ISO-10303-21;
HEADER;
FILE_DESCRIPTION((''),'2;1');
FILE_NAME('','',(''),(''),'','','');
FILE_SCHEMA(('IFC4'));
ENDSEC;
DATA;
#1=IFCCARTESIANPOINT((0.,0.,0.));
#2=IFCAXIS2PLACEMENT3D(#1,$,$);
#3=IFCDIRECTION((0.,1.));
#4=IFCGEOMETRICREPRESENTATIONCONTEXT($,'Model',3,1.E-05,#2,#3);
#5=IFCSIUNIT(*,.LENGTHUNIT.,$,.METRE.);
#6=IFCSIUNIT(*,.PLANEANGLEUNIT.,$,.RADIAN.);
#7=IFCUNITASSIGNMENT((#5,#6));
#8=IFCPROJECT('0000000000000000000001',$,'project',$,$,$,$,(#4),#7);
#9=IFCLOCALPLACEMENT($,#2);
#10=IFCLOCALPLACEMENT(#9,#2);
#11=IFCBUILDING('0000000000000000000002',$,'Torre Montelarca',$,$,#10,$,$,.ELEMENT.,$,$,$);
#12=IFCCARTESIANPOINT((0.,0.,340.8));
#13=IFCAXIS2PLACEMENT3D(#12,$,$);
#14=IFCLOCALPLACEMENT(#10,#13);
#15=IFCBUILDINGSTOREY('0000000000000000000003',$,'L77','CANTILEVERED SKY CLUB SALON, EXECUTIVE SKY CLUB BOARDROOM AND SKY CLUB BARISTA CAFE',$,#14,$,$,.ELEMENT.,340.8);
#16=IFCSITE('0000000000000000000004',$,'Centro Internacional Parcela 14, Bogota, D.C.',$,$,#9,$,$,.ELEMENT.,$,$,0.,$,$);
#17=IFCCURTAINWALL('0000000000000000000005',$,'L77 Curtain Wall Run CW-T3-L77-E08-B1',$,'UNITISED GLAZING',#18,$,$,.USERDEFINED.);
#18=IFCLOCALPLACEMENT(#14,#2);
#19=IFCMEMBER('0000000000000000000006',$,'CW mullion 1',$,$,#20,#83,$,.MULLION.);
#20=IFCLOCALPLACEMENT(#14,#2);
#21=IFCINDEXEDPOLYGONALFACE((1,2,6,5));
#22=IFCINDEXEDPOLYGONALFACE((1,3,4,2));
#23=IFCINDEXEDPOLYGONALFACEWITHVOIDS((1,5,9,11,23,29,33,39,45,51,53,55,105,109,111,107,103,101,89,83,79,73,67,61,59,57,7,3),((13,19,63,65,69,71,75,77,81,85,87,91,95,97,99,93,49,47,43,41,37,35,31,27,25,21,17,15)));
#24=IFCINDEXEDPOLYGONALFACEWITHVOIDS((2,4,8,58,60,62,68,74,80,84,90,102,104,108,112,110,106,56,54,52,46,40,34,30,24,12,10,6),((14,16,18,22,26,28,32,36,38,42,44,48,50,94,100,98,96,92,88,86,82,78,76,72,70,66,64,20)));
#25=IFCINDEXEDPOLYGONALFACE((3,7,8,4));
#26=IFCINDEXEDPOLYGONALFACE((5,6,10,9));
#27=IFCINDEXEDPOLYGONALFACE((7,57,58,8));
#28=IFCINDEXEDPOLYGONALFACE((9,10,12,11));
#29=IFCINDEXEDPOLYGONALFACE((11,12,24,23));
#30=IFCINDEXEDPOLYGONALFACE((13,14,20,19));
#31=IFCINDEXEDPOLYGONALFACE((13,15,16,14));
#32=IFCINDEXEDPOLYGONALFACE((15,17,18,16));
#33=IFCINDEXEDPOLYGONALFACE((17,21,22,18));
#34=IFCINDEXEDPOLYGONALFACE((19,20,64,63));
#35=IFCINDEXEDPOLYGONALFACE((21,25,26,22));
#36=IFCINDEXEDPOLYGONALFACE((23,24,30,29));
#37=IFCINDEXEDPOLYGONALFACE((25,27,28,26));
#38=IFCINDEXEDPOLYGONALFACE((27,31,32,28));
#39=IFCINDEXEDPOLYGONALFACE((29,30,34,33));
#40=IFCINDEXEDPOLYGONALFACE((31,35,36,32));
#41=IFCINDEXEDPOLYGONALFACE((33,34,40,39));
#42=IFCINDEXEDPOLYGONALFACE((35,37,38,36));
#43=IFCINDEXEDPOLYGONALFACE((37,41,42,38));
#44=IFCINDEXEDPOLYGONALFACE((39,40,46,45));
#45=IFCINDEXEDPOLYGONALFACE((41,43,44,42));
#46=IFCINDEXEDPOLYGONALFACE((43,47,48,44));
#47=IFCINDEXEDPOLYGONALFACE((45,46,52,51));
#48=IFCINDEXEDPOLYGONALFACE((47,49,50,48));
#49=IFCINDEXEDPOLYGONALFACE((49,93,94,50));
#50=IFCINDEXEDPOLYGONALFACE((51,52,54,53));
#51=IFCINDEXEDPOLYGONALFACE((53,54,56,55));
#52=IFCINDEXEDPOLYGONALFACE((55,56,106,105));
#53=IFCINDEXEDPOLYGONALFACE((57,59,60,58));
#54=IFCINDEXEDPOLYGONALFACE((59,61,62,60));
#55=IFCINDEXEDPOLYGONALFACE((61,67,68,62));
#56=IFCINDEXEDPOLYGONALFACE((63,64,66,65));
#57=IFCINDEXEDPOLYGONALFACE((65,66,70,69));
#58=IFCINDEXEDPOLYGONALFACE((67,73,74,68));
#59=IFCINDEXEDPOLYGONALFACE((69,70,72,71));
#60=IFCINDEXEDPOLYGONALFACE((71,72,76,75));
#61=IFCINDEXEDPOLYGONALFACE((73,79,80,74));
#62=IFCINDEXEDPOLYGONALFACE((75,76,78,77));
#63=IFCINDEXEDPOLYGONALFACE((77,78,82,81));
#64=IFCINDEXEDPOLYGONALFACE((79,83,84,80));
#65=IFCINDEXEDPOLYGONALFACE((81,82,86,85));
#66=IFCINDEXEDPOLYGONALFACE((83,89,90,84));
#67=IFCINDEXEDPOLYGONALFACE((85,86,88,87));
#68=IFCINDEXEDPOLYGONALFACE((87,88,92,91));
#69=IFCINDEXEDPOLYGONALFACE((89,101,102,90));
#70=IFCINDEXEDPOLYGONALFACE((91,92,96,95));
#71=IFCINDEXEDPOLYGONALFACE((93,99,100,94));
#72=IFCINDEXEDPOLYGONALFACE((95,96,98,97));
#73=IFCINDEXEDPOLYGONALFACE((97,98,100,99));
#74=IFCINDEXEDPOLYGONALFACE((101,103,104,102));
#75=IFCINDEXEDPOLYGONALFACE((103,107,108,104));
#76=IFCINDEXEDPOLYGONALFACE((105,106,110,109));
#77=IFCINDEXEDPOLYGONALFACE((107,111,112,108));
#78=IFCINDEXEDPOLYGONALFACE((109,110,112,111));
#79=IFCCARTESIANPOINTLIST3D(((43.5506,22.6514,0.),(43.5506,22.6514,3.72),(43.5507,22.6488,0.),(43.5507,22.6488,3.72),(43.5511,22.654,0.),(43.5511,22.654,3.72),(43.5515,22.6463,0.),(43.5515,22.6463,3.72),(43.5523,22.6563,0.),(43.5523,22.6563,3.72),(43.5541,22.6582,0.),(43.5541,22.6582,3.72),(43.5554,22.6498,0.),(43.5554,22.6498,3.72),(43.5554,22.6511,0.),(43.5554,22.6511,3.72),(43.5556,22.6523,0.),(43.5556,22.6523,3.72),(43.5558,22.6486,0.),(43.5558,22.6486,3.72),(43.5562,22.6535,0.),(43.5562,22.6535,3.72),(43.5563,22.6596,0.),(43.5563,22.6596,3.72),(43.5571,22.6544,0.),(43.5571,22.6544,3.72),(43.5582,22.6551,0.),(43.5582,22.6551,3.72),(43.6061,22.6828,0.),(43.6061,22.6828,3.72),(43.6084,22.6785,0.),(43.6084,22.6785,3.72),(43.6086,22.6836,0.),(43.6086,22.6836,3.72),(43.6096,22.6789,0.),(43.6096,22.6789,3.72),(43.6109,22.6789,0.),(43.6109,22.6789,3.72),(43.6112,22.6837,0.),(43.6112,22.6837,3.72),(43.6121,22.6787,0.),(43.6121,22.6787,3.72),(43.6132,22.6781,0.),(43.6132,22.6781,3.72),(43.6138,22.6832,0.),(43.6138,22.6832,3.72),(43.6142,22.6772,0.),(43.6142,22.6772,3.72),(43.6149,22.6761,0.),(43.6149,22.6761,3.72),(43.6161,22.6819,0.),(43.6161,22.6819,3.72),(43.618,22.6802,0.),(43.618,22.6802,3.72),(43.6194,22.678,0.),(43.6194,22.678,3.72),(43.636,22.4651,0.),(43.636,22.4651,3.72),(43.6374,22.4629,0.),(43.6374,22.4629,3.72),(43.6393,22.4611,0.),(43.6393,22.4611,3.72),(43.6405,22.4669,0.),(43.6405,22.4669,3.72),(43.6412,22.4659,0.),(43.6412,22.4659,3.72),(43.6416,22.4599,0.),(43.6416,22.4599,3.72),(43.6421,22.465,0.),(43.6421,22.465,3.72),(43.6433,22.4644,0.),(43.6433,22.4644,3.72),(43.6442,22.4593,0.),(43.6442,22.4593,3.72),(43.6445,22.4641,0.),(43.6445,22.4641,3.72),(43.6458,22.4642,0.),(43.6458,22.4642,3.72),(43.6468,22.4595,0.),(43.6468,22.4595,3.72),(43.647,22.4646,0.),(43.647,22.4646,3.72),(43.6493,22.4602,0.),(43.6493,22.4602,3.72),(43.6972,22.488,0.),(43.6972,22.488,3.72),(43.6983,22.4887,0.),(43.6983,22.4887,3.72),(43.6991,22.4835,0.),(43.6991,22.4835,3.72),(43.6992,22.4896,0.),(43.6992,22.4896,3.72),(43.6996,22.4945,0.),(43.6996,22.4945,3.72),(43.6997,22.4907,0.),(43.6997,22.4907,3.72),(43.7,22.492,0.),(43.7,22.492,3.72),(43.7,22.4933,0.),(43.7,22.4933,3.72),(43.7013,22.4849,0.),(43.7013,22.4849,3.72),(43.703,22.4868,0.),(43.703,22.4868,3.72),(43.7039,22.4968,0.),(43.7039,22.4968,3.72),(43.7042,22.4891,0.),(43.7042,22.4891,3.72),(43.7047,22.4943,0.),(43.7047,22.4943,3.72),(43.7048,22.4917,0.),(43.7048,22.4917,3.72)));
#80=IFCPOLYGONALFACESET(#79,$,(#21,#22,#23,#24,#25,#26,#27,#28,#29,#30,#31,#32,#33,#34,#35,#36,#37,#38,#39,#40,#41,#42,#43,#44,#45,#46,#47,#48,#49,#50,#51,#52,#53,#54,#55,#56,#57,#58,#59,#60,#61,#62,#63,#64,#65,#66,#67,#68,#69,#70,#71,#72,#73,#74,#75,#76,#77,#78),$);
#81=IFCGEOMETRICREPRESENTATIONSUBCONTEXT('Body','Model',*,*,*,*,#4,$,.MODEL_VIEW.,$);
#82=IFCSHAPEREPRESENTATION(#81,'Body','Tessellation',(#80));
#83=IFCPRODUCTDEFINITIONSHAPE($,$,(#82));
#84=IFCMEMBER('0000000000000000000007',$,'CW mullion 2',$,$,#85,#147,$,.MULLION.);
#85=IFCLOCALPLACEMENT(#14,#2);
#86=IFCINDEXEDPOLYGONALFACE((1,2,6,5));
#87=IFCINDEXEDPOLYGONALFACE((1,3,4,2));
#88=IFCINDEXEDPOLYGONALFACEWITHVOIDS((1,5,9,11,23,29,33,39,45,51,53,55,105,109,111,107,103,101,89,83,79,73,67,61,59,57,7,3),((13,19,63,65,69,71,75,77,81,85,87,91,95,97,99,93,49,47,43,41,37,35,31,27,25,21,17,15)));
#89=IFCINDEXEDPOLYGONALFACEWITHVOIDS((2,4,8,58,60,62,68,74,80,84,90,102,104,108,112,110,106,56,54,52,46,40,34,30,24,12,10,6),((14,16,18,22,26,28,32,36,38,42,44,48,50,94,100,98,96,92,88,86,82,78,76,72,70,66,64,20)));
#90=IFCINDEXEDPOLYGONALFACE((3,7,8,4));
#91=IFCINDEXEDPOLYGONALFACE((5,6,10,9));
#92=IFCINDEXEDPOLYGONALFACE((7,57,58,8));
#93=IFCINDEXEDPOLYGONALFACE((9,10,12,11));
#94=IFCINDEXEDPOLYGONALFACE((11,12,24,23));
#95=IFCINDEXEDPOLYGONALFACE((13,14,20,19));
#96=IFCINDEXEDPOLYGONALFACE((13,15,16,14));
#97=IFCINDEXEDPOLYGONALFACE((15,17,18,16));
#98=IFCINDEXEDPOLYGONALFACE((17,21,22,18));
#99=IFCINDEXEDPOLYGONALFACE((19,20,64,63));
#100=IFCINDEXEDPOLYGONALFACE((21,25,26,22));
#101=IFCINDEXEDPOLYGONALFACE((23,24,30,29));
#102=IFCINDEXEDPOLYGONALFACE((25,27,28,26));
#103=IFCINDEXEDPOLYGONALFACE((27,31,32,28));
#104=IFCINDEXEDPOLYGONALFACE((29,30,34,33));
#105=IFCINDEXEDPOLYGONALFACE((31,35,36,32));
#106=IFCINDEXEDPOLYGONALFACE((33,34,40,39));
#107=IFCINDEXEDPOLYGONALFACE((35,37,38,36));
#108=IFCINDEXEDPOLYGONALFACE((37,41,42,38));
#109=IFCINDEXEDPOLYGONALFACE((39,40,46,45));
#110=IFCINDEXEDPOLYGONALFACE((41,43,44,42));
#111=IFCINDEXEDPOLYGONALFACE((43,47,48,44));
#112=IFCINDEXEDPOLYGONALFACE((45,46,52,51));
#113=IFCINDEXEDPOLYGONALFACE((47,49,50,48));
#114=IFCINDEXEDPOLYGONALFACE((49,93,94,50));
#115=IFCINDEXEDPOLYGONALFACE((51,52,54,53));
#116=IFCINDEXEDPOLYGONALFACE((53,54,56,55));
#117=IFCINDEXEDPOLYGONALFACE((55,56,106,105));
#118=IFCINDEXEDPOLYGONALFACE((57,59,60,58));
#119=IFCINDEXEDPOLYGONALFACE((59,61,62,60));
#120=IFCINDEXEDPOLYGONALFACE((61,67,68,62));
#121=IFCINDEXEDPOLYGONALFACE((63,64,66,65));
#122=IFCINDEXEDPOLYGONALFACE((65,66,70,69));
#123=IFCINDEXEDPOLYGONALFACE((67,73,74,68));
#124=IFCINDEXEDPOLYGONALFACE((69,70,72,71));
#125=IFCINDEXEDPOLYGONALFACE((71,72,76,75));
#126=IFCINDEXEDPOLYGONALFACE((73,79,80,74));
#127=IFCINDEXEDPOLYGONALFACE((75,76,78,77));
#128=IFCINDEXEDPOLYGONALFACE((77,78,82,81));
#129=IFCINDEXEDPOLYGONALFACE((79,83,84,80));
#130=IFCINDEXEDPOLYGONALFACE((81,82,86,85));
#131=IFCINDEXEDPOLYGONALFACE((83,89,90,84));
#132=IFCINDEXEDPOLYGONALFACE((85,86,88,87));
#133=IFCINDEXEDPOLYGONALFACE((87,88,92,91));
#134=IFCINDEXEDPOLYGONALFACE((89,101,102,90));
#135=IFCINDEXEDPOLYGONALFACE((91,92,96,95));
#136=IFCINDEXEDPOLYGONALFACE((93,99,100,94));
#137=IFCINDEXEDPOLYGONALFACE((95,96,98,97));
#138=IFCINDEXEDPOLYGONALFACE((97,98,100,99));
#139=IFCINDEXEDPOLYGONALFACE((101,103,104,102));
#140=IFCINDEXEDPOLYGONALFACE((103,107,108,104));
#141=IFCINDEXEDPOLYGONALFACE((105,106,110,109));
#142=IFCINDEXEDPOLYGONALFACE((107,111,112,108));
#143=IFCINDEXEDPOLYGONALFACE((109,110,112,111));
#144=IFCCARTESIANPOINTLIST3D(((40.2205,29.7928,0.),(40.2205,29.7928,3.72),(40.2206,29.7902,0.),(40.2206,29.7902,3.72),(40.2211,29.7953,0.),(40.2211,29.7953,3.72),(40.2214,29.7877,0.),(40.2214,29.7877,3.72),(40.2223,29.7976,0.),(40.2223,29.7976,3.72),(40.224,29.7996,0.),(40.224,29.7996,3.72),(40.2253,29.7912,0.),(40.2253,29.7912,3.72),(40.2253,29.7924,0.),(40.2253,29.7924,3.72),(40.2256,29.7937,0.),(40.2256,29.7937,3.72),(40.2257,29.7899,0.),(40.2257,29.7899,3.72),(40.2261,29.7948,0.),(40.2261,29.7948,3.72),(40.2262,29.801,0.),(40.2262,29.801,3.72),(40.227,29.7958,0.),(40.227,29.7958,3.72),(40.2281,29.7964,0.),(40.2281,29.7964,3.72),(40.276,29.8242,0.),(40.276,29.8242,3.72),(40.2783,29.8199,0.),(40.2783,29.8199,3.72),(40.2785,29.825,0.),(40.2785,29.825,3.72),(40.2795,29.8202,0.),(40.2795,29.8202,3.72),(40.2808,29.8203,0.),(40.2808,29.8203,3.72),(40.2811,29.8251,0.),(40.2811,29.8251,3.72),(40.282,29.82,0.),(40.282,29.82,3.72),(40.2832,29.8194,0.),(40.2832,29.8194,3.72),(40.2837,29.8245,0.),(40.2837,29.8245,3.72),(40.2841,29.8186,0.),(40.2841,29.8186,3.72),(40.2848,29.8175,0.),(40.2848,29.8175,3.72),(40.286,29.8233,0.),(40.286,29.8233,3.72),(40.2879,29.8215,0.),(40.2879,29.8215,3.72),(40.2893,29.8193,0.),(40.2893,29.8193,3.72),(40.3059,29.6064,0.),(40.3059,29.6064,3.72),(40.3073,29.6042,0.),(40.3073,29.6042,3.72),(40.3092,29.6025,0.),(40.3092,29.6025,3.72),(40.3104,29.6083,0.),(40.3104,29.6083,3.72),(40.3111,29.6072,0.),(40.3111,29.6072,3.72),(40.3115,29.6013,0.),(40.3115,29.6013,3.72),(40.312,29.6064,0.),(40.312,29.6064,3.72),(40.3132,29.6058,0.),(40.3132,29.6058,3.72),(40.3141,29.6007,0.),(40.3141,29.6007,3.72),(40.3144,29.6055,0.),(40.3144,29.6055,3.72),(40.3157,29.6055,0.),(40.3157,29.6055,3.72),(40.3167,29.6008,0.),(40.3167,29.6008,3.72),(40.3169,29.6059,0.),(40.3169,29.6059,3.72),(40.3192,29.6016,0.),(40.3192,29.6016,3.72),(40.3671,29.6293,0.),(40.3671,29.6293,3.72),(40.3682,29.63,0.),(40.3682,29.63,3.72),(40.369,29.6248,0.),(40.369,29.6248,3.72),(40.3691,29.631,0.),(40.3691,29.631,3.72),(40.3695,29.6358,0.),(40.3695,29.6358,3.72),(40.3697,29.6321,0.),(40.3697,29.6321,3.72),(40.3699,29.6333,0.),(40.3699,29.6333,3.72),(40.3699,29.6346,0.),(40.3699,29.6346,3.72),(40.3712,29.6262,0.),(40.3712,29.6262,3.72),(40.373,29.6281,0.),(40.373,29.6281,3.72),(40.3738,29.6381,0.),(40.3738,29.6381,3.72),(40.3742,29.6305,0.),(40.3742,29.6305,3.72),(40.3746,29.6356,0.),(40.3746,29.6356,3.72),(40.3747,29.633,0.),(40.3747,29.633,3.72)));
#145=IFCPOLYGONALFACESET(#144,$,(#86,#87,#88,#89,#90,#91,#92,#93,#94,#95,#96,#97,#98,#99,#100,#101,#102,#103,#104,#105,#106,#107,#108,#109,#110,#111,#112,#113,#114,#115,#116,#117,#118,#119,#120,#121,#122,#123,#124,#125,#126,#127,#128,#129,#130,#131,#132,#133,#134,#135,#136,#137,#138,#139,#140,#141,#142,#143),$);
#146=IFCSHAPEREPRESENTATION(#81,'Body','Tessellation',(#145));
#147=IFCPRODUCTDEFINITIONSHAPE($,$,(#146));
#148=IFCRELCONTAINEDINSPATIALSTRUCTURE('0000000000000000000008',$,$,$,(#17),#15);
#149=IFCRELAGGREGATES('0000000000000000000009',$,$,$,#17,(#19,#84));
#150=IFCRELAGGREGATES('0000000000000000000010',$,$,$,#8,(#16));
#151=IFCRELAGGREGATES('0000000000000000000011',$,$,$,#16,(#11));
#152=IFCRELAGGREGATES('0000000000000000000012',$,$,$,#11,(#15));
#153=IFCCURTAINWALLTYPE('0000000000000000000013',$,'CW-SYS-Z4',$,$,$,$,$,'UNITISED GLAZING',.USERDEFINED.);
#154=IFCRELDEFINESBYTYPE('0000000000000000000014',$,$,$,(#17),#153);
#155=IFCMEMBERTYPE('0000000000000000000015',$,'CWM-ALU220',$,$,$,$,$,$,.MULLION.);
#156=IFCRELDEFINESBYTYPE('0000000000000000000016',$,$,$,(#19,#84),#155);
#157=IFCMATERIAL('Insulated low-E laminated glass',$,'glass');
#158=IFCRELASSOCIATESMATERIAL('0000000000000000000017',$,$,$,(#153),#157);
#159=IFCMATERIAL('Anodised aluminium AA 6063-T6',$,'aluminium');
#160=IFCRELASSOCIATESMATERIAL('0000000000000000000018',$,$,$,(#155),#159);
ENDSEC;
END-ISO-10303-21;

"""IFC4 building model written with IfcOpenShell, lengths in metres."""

from ifc_helpers import new_model, si_unit, direction, frame, origin, origin_2d, place, context, subcontext, project, spatial, hollow_rectangle, extrude, source, transform, mapped, material, material_profile, profile_set, type_object, element, aggregate, save


model = new_model("IFC4")

# Units and contexts
model_context = context("Model", 3, precision=1e-05, world=origin(), true_north=direction((0.0, 1.0)))
body_context = subcontext(model_context, "Body", "Model", "MODEL_VIEW")
ifc_project = project(units=[si_unit("LENGTHUNIT", "METRE"), si_unit("PLANEANGLEUNIT", "RADIAN")], contexts=[model_context])

# Site, building, storey
site_placement = place(None, origin())
site = spatial("IfcSite", under=ifc_project, at=site_placement, Name="Centro Internacional Parcela 14, Bogota, D.C.", CompositionType="ELEMENT", RefElevation=0.0)
building_placement = place(site_placement, origin())
building = spatial("IfcBuilding", under=site, at=building_placement, Name="Torre Montelarca", CompositionType="ELEMENT")
storey_placement = place(building_placement, frame((0.0, 0.0, 340.8)))
storey = spatial("IfcBuildingStorey", under=building, at=storey_placement, Name="L77", Description="CANTILEVERED SKY CLUB SALON, EXECUTIVE SKY CLUB BOARDROOM AND SKY CLUB BARISTA CAFE", CompositionType="ELEMENT", Elevation=340.8)

# Curtain wall, members
ifc_material_1 = material(Name="Insulated low-E laminated glass", Category="glass")
curtain_wall_type = type_object("IfcCurtainWallType", Name="CW-SYS-Z4", ElementType="UNITISED GLAZING", PredefinedType="USERDEFINED", material=ifc_material_1)
ifc_material_2 = material(Name="Anodised aluminium AA 6063-T6", Category="aluminium")
ifc_material_profile_1 = material_profile(ifc_material_2, hollow_rectangle(XDim=0.075, YDim=0.22, WallThickness=0.0049, InnerFilletRadius=0.0049, OuterFilletRadius=0.01, at=origin_2d()), Name="ALU75X220X5", Category="aluminium")
ifc_profile_set_1 = profile_set([ifc_material_profile_1], Name="Anodised aluminium AA 6063-T6")
member_type_1 = type_object("IfcMemberType", Name="CWM-ALU220", PredefinedType="MULLION", material=ifc_profile_set_1)
shared_shape_1 = source(origin(), body_context, "Body", "SweptSolid", [
    extrude(hollow_rectangle(XDim=0.075, YDim=0.22, WallThickness=0.0049, InnerFilletRadius=0.0049, OuterFilletRadius=0.01, at=origin_2d()), origin(), (0.0, 0.0, 1.0), 3.72),
])
curtain_wall_1_placement = place(storey_placement, origin())
curtain_wall_1 = element("IfcCurtainWall", 1, at=curtain_wall_1_placement, inside=storey, type_object=curtain_wall_type, Name="L77 Curtain Wall Run CW-T3-L77-E08-B1", ObjectType="UNITISED GLAZING", PredefinedType="USERDEFINED")
member_1_placement = place(storey_placement, frame((43.6277, 22.5715, 0.0), z_axis=(0.0, 0.0, 1.0), x_axis=(-0.906309, -0.422615, 0.0)))
member_1 = element("IfcMember", 2, at=member_1_placement, type_object=member_type_1, Name="CW mullion 1", PredefinedType="MULLION", context=body_context, shape_type="MappedRepresentation", body=[
    mapped(shared_shape_1, transform((0.0, 0.0, 0.0), scale=1.0)),
])
member_2_placement = place(storey_placement, frame((40.2976, 29.7129, 0.0), z_axis=(0.0, 0.0, 1.0), x_axis=(-0.906309, -0.422615, 0.0)))
member_2 = element("IfcMember", 3, at=member_2_placement, type_object=member_type_1, Name="CW mullion 2", PredefinedType="MULLION", context=body_context, shape_type="MappedRepresentation", body=[
    mapped(shared_shape_1, transform((0.0, 0.0, 0.0), scale=1.0)),
])

aggregate(curtain_wall_1, [member_1, member_2])

save(model, "model.ifc")
